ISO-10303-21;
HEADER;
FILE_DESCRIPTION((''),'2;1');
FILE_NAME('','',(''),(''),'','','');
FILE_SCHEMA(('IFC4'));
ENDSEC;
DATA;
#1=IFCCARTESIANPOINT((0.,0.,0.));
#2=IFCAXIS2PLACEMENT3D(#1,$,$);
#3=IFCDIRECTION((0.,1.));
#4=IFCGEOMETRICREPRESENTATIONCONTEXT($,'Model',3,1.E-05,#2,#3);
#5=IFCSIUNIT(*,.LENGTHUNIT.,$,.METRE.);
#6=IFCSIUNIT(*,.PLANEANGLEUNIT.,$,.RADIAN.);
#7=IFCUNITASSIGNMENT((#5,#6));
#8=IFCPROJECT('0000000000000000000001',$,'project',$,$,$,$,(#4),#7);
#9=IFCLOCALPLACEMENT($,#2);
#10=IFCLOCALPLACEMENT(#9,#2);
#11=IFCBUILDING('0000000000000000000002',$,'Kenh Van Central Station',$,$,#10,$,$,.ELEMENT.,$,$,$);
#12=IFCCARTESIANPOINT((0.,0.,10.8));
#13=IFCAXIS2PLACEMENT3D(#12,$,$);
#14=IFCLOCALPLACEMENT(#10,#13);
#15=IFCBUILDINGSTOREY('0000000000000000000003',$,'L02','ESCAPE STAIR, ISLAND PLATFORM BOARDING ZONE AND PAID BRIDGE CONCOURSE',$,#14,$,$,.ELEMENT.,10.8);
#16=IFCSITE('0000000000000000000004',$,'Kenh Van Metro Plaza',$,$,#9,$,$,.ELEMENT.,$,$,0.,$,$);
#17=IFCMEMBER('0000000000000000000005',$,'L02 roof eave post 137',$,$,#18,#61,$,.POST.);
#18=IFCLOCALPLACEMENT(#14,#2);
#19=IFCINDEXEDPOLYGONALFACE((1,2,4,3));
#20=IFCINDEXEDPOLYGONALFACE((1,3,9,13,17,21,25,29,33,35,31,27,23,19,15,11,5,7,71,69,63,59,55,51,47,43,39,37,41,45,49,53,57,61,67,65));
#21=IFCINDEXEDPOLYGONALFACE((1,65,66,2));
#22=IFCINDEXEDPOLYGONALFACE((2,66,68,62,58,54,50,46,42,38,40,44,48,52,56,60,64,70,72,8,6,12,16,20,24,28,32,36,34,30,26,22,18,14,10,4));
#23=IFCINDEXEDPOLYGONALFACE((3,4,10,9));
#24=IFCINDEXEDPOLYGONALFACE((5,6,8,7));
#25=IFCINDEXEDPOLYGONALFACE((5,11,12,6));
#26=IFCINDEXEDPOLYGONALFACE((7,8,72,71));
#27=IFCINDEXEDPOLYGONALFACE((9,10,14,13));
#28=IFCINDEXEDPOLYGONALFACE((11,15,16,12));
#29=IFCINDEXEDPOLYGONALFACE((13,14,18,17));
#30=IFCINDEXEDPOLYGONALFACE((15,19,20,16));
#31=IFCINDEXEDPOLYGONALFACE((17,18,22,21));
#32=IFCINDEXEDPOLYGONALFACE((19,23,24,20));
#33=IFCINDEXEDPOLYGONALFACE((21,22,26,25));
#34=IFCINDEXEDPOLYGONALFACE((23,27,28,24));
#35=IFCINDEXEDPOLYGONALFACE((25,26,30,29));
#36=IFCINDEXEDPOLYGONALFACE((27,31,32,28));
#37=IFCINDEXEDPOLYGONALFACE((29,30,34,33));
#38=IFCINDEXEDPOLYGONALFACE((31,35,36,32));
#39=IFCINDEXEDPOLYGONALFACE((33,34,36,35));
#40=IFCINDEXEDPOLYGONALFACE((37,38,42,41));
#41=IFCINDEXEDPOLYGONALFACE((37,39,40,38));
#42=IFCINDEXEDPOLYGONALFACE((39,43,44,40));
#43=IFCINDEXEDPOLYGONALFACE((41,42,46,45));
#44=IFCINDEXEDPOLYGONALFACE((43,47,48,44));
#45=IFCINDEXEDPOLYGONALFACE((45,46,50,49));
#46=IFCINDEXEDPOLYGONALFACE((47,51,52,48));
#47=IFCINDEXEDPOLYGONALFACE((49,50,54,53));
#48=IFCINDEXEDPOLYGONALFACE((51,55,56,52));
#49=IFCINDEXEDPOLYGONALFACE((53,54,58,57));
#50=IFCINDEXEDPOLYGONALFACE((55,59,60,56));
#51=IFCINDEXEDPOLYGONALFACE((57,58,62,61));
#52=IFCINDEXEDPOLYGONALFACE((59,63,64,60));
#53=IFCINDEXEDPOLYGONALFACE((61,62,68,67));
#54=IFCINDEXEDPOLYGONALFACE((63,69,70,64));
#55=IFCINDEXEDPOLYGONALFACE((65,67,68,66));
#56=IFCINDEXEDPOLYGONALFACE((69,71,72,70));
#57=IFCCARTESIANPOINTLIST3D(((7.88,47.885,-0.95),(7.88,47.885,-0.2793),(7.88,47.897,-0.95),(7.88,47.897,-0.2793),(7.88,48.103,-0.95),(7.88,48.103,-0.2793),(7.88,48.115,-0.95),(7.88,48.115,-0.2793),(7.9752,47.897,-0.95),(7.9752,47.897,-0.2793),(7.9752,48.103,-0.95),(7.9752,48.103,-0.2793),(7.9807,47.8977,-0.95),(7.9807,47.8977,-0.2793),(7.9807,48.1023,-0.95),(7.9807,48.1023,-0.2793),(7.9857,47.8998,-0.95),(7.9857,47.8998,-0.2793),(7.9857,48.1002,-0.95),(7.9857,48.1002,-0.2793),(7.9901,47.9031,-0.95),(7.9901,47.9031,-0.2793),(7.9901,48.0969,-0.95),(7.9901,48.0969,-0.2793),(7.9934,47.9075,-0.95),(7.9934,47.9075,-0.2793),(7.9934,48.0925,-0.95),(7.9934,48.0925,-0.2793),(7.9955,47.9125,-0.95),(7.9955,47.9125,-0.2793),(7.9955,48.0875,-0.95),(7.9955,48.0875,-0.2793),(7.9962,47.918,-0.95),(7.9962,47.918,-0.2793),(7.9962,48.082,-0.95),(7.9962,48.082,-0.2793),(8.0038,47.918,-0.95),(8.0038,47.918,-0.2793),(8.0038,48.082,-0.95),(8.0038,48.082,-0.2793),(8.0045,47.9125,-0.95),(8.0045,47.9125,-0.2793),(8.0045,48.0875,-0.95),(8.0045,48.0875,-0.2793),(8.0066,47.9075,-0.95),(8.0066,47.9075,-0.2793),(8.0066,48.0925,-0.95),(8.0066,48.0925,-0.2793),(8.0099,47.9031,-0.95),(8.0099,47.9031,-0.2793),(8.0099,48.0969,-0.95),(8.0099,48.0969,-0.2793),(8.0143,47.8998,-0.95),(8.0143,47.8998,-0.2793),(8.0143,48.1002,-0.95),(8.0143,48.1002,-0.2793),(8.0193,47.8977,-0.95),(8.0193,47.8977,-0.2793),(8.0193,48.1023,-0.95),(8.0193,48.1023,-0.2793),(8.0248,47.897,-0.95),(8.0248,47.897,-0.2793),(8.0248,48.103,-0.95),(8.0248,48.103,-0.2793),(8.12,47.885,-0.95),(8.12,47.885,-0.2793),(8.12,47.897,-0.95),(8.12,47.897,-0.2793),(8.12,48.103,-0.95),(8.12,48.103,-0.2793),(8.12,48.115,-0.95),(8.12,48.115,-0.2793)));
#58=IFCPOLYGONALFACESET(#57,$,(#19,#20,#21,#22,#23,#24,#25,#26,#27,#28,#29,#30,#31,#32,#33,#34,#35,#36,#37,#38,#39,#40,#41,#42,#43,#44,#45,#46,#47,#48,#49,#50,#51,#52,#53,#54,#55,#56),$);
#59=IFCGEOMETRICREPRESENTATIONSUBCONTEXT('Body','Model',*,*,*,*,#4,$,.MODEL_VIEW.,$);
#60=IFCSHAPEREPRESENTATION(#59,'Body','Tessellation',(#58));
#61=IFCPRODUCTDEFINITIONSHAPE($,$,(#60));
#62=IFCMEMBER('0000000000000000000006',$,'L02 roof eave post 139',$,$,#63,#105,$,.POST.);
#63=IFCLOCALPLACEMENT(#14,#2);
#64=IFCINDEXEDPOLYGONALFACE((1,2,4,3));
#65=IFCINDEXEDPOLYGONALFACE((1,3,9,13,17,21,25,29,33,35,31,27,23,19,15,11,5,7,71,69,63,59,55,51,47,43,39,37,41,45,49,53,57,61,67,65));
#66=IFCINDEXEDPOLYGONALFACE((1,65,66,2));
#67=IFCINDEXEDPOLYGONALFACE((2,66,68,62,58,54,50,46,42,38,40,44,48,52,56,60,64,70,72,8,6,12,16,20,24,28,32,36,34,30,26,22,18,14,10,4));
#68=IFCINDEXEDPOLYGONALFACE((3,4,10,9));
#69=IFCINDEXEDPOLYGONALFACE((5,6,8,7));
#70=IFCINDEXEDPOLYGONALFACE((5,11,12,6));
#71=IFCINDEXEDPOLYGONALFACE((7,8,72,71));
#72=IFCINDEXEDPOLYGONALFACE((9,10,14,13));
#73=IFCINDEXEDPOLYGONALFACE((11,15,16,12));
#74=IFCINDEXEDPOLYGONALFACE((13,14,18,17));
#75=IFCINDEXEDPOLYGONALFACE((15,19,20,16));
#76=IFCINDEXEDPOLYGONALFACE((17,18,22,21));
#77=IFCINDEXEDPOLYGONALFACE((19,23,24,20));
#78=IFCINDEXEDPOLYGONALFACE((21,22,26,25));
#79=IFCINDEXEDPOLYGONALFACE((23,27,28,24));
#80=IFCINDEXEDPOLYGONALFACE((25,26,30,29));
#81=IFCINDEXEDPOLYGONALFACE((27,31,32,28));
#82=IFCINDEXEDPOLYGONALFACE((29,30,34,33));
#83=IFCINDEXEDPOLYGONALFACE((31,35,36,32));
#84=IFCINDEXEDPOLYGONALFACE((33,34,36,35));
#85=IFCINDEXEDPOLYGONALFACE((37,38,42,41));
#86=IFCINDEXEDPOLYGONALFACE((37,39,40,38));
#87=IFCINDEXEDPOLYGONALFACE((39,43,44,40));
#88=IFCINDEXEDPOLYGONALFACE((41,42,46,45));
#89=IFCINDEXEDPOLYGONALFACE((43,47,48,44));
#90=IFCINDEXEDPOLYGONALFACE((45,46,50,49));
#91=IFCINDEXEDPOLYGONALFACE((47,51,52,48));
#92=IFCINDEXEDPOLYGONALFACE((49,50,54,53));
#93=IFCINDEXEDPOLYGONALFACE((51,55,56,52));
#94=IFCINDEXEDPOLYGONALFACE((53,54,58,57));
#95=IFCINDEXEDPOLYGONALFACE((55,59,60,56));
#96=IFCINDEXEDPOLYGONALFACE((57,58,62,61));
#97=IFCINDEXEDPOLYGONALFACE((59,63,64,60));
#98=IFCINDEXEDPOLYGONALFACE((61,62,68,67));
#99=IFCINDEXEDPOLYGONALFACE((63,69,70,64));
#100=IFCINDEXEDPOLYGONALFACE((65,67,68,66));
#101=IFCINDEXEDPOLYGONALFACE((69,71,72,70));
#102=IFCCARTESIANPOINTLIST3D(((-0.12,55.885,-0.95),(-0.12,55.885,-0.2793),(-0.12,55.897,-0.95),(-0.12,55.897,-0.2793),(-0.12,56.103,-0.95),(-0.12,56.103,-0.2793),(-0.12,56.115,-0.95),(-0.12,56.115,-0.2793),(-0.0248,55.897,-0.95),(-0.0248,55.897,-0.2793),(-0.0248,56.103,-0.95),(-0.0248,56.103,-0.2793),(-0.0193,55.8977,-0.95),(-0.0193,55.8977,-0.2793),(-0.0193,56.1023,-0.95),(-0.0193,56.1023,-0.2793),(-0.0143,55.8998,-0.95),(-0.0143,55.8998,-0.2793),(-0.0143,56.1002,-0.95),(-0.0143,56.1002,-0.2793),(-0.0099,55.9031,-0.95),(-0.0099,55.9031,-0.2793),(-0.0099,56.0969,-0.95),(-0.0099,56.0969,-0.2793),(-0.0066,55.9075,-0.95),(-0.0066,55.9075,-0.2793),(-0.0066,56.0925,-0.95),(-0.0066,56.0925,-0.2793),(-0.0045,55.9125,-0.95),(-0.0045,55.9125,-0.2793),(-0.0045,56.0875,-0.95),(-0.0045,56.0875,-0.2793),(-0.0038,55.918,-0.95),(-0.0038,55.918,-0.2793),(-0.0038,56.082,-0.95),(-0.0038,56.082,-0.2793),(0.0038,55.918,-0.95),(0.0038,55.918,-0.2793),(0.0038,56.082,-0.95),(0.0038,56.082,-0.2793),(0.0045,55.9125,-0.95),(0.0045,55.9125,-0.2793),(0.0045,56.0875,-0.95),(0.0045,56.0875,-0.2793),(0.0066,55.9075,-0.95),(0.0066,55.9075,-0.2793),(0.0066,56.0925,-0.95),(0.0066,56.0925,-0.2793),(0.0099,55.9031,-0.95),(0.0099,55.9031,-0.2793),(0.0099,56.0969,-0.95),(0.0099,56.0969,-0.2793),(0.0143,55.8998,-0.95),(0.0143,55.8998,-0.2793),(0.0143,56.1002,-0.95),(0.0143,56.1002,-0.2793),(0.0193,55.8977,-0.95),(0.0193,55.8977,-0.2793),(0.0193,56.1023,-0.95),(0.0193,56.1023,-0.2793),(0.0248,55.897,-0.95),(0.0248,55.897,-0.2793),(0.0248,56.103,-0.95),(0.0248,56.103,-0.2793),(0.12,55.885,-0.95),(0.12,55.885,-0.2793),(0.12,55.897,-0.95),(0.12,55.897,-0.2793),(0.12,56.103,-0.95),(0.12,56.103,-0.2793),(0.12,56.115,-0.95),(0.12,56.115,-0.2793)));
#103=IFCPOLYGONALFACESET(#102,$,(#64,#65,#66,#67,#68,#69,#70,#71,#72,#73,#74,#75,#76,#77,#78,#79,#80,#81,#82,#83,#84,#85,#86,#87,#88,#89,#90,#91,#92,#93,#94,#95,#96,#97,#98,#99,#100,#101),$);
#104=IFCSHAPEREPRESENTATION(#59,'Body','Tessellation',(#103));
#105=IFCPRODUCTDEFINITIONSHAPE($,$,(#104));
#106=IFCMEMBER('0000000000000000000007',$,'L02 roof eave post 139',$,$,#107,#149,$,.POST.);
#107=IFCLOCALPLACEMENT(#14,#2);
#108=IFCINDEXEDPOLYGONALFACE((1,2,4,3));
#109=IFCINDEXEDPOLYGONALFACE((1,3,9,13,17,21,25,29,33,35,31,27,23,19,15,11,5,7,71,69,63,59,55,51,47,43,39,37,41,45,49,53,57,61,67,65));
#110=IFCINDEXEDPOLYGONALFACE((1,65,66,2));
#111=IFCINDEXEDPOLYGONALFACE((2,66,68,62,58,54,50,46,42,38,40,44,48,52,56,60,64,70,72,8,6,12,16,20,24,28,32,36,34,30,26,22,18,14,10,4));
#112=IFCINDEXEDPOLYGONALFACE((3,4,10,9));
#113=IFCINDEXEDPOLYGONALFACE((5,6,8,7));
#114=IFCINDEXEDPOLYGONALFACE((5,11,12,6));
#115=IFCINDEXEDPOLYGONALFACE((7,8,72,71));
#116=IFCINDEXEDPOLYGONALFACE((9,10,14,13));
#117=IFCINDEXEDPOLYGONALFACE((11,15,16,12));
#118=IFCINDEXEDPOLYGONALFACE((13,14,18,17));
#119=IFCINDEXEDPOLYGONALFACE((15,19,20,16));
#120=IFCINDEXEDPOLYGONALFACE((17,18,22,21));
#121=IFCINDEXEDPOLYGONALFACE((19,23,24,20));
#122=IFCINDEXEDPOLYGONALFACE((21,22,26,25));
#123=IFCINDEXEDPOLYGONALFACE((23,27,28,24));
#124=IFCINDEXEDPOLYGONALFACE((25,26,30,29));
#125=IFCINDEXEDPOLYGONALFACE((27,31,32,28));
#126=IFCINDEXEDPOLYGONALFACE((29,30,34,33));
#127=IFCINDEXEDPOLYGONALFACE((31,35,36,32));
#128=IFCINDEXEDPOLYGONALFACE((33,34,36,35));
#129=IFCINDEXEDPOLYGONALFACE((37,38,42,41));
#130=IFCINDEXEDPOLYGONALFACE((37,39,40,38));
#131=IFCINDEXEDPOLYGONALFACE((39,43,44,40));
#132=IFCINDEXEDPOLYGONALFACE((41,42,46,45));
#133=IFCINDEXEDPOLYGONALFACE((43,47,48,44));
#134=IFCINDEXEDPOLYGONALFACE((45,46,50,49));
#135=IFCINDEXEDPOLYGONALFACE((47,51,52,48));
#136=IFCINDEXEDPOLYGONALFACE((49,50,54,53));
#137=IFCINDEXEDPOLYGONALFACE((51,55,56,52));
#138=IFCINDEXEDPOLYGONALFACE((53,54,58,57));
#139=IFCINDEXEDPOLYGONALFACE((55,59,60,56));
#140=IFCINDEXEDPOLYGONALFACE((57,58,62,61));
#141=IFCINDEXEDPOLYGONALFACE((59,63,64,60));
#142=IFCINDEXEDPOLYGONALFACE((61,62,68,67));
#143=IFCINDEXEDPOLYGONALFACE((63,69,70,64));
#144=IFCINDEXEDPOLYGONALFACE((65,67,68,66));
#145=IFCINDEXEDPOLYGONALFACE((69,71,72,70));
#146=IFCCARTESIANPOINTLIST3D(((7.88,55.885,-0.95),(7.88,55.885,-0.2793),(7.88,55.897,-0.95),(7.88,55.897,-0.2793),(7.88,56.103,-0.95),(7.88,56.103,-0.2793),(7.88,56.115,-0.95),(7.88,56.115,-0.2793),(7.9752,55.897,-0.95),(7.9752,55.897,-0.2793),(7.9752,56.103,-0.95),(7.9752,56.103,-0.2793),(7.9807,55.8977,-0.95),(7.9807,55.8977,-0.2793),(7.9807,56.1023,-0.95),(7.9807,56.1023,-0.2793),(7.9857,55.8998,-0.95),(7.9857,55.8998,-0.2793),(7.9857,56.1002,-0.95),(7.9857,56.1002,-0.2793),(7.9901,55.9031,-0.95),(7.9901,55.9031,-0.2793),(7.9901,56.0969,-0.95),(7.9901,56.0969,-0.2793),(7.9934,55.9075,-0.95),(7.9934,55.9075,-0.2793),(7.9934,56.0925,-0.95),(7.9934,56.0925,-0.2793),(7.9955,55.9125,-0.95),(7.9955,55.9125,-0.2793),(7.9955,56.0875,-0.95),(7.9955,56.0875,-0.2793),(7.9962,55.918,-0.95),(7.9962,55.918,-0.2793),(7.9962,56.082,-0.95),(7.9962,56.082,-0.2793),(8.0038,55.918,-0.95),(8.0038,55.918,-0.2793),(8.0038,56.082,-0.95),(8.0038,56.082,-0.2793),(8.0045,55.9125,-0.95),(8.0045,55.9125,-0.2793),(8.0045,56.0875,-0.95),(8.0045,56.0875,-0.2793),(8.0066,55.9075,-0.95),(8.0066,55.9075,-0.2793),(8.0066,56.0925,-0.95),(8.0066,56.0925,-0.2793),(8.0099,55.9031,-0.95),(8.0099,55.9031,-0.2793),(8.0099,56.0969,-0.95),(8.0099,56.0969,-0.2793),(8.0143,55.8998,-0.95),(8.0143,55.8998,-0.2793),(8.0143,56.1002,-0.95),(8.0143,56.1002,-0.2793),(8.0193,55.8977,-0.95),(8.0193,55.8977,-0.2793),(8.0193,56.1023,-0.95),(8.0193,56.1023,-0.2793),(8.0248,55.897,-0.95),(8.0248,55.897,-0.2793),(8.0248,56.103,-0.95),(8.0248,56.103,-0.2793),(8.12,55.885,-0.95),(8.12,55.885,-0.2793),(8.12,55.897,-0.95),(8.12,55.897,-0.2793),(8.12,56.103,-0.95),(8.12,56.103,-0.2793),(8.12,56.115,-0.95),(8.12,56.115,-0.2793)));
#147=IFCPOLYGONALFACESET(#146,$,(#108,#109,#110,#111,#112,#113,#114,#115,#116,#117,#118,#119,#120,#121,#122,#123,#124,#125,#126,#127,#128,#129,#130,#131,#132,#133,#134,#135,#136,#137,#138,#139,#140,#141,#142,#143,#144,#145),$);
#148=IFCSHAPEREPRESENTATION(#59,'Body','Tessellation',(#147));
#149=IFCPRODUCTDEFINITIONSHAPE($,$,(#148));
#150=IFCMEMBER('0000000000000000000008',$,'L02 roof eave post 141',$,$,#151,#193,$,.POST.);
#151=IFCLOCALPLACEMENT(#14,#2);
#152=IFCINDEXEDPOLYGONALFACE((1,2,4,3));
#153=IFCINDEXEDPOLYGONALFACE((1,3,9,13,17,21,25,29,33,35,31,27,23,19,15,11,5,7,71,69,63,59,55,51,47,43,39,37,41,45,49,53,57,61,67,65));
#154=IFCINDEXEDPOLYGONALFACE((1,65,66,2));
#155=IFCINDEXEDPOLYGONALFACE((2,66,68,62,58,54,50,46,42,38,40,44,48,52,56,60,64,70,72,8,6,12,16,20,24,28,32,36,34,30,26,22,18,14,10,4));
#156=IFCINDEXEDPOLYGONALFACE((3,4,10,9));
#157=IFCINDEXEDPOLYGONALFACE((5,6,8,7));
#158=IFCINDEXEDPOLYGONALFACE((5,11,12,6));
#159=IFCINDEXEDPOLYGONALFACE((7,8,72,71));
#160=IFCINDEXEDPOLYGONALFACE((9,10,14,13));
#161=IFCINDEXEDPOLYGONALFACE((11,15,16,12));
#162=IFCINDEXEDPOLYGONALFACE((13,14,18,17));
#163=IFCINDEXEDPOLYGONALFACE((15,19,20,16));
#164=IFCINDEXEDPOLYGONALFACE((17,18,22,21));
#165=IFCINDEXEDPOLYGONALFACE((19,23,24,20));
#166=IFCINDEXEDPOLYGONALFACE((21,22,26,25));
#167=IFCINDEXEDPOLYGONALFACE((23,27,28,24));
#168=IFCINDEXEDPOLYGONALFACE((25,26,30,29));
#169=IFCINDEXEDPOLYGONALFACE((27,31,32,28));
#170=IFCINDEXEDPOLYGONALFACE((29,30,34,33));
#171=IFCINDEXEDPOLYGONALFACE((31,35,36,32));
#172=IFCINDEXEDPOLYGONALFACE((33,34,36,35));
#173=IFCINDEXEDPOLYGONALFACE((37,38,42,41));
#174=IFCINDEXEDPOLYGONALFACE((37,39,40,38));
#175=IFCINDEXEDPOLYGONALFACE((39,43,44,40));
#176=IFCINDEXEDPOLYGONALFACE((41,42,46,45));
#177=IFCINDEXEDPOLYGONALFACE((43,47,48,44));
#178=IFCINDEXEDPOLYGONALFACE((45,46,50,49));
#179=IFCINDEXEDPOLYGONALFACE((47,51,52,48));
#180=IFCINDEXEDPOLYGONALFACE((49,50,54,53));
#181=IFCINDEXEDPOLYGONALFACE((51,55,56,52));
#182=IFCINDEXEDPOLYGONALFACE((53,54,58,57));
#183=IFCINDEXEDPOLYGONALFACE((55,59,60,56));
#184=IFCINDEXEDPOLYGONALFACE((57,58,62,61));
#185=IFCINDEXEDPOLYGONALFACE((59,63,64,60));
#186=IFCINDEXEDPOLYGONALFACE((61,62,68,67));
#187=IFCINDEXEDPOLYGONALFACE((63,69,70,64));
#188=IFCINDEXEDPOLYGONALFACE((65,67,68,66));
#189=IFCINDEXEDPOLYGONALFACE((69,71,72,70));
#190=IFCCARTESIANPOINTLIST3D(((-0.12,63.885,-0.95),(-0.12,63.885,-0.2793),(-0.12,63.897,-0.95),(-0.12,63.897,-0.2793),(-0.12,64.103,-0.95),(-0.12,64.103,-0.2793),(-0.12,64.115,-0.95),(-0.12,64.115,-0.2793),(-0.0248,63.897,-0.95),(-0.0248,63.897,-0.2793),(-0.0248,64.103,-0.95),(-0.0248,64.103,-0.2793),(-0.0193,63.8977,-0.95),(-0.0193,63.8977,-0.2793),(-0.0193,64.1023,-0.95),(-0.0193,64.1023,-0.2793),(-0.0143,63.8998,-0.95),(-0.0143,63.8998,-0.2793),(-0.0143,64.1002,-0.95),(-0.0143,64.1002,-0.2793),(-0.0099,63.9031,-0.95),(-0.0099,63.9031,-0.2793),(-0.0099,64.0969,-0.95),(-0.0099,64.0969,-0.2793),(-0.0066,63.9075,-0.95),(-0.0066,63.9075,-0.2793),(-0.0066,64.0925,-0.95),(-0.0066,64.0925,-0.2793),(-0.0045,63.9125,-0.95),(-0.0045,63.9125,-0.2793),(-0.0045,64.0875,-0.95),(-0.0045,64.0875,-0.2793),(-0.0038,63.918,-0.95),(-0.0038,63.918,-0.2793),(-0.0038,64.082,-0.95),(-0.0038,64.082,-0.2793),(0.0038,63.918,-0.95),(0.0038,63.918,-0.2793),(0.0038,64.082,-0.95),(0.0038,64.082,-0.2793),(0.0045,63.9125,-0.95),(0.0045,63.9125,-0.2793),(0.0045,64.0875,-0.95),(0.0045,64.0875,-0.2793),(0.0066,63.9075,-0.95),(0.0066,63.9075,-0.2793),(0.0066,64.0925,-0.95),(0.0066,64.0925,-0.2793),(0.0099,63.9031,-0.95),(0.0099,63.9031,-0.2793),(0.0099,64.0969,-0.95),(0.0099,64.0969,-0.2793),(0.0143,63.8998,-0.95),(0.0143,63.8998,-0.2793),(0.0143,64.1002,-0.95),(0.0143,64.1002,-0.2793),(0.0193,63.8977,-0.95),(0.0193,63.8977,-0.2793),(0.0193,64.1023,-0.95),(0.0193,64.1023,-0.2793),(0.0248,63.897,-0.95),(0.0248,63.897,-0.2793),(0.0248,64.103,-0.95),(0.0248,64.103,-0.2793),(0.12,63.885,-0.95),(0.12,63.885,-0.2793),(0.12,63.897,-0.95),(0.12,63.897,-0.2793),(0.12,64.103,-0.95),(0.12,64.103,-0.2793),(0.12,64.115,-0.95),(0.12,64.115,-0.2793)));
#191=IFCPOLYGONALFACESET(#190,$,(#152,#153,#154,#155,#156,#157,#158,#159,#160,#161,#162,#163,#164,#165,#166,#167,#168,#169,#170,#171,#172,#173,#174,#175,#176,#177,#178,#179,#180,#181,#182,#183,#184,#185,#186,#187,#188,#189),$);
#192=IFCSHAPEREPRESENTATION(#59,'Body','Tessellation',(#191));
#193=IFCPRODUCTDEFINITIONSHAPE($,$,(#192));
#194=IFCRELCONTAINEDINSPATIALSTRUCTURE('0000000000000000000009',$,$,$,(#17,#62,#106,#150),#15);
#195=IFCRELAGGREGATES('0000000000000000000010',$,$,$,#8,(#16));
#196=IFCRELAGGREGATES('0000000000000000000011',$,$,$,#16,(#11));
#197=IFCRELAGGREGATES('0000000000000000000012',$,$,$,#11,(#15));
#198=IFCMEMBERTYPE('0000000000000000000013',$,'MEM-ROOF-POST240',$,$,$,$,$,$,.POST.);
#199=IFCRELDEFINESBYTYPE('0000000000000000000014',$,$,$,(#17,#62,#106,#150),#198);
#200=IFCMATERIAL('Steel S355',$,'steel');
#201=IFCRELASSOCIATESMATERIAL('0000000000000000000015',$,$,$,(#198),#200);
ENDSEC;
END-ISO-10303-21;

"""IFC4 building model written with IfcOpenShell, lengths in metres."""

from ifc_helpers import new_model, si_unit, direction, frame, origin, origin_2d, place, context, subcontext, project, spatial, i_section, extrude, material, material_profile, profile_set, type_object, element, save


model = new_model("IFC4")

# Units and contexts
model_context = context("Model", 3, precision=1e-05, world=origin(), true_north=direction((0.0, 1.0)))
body_context = subcontext(model_context, "Body", "Model", "MODEL_VIEW")
ifc_project = project(units=[si_unit("LENGTHUNIT", "METRE"), si_unit("PLANEANGLEUNIT", "RADIAN")], contexts=[model_context])

# Site, building, storey
site_placement = place(None, origin())
site = spatial("IfcSite", under=ifc_project, at=site_placement, Name="Kenh Van Metro Plaza", CompositionType="ELEMENT", RefElevation=0.0)
building_placement = place(site_placement, origin())
building = spatial("IfcBuilding", under=site, at=building_placement, Name="Kenh Van Central Station", CompositionType="ELEMENT")
storey_placement = place(building_placement, frame((0.0, 0.0, 10.8)))
storey = spatial("IfcBuildingStorey", under=building, at=storey_placement, Name="L02", Description="ESCAPE STAIR, ISLAND PLATFORM BOARDING ZONE AND PAID BRIDGE CONCOURSE", CompositionType="ELEMENT", Elevation=10.8)

# Shared definitions
ifc_material_1 = material(Name="Steel S355", Category="steel")

# Members
ifc_material_profile_1 = material_profile(ifc_material_1, i_section(OverallWidth=0.24, OverallDepth=0.23, WebThickness=0.0076, FlangeThickness=0.012, FilletRadius=0.021, at=origin_2d()), Name="HEA 240")
ifc_profile_set_1 = profile_set([ifc_material_profile_1], Name="Steel S355")
member_type_1 = type_object("IfcMemberType", Name="MEM-ROOF-POST240", PredefinedType="POST", material=ifc_profile_set_1)
for number, where, z_axis, x_axis, name in (
    (1, (8.0, 48.0, -0.95), (0.0, 0.0, 1.0), (1.0, 0.0, 0.0), "L02 roof eave post 137"),
    (2, (0.0, 56.0, -0.95), (0.0, 0.0, 1.0), (1.0, 0.0, 0.0), "L02 roof eave post 139"),
    (3, (8.0, 56.0, -0.95), (0.0, 0.0, 1.0), (1.0, 0.0, 0.0), "L02 roof eave post 139"),
    (4, (0.0, 64.0, -0.95), (0.0, 0.0, 1.0), (1.0, 0.0, 0.0), "L02 roof eave post 141"),
):
    element("IfcMember", number, at=place(storey_placement, frame(where, z_axis=z_axis, x_axis=x_axis)), inside=storey, type_object=member_type_1, Name=name, PredefinedType="POST", context=body_context, shape_type="SweptSolid", body=[
        extrude(i_section(OverallWidth=0.24, OverallDepth=0.23, WebThickness=0.0076, FlangeThickness=0.012, FilletRadius=0.021, at=origin_2d()), origin(), (0.0, 0.0, 1.0), 0.6707),
    ])

save(model, "model.ifc")
